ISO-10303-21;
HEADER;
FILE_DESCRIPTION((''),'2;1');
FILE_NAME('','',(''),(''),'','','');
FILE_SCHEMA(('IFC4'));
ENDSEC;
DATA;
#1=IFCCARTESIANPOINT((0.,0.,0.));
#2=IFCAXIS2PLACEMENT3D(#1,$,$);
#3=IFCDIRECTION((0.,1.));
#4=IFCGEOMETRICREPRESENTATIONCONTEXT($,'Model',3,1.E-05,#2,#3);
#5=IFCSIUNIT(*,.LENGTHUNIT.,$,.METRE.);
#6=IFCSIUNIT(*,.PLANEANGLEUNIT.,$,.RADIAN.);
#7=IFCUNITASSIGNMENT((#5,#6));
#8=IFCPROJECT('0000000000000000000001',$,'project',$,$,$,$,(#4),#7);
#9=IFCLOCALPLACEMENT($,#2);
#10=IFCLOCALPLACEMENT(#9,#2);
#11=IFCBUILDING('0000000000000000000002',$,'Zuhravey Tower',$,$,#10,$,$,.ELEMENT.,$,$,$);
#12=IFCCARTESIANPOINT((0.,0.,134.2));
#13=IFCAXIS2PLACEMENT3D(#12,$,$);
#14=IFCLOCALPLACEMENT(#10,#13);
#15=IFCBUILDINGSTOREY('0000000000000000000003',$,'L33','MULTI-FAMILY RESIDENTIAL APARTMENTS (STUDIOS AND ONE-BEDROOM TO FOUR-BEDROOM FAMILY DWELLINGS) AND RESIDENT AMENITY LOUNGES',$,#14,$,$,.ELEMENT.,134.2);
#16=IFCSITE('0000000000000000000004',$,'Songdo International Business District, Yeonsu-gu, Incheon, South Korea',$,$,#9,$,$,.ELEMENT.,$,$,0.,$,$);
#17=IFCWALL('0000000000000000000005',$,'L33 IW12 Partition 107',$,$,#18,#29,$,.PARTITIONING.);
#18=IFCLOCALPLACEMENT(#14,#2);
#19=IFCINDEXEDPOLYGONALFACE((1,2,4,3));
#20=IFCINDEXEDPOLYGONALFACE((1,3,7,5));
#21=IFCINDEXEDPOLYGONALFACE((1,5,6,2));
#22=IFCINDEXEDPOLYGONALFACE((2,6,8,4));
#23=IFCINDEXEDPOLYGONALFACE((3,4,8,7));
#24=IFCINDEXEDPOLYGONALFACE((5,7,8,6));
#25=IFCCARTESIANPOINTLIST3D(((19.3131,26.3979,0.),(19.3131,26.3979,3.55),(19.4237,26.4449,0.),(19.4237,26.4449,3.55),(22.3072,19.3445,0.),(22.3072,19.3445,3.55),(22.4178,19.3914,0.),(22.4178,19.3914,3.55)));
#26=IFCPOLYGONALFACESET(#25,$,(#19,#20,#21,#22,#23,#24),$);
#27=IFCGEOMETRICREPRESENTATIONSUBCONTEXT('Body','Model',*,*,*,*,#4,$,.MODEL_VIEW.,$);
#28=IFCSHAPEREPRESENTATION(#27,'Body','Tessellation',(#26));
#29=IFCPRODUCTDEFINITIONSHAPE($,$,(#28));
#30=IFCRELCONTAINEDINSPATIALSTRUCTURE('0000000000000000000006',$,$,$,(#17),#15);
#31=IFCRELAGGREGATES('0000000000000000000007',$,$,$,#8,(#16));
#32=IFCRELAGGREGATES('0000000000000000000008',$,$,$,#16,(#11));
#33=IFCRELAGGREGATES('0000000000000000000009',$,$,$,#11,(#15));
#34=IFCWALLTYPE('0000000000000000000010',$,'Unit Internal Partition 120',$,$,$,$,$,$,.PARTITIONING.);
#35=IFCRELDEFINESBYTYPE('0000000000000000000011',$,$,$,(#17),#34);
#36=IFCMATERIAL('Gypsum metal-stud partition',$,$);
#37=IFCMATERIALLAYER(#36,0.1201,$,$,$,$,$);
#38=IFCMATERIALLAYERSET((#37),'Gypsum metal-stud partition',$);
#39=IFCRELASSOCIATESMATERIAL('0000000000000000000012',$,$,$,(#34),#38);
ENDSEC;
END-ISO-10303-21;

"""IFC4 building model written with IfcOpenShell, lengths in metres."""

from ifc_helpers import new_model, si_unit, direction, frame, frame_2d, origin, place, context, subcontext, project, spatial, rectangle, extrude, material, layer, layer_set, type_object, element, save


model = new_model("IFC4")

# Units and contexts
model_context = context("Model", 3, precision=1e-05, world=origin(), true_north=direction((0.0, 1.0)))
body_context = subcontext(model_context, "Body", "Model", "MODEL_VIEW")
ifc_project = project(units=[si_unit("LENGTHUNIT", "METRE"), si_unit("PLANEANGLEUNIT", "RADIAN")], contexts=[model_context])

# Site, building, storey
site_placement = place(None, origin())
site = spatial("IfcSite", under=ifc_project, at=site_placement, Name="Songdo International Business District, Yeonsu-gu, Incheon, South Korea", CompositionType="ELEMENT", RefElevation=0.0)
building_placement = place(site_placement, origin())
building = spatial("IfcBuilding", under=site, at=building_placement, Name="Zuhravey Tower", CompositionType="ELEMENT")
storey_placement = place(building_placement, frame((0.0, 0.0, 134.2)))
storey = spatial("IfcBuildingStorey", under=building, at=storey_placement, Name="L33", Description="MULTI-FAMILY RESIDENTIAL APARTMENTS (STUDIOS AND ONE-BEDROOM TO FOUR-BEDROOM FAMILY DWELLINGS) AND RESIDENT AMENITY LOUNGES", CompositionType="ELEMENT", Elevation=134.2)

# Shared definitions
ifc_material_1 = material(Name="Gypsum metal-stud partition")
ifc_layer_1 = layer(ifc_material_1, 0.1201)
ifc_layer_set_1 = layer_set([ifc_layer_1], Name="Gypsum metal-stud partition")
wall_type_1 = type_object("IfcWallType", Name="Unit Internal Partition 120", PredefinedType="PARTITIONING", material=ifc_layer_set_1)

# Wall
wall_1_placement = place(storey_placement, frame((19.3684, 26.4214, 0.0), z_axis=(0.0, 0.0, 1.0), x_axis=(0.390745, -0.920499, 0.0)))
element("IfcWall", 1, at=wall_1_placement, inside=storey, type_object=wall_type_1, Name="L33 IW12 Partition 107", PredefinedType="PARTITIONING", context=body_context, shape_type="SweptSolid", body=[
    extrude(rectangle(XDim=7.6626, YDim=0.1201, at=frame_2d((3.8313, 0.0))), origin(), (0.0, 0.0, 1.0), 3.55),
])

save(model, "model.ifc")
